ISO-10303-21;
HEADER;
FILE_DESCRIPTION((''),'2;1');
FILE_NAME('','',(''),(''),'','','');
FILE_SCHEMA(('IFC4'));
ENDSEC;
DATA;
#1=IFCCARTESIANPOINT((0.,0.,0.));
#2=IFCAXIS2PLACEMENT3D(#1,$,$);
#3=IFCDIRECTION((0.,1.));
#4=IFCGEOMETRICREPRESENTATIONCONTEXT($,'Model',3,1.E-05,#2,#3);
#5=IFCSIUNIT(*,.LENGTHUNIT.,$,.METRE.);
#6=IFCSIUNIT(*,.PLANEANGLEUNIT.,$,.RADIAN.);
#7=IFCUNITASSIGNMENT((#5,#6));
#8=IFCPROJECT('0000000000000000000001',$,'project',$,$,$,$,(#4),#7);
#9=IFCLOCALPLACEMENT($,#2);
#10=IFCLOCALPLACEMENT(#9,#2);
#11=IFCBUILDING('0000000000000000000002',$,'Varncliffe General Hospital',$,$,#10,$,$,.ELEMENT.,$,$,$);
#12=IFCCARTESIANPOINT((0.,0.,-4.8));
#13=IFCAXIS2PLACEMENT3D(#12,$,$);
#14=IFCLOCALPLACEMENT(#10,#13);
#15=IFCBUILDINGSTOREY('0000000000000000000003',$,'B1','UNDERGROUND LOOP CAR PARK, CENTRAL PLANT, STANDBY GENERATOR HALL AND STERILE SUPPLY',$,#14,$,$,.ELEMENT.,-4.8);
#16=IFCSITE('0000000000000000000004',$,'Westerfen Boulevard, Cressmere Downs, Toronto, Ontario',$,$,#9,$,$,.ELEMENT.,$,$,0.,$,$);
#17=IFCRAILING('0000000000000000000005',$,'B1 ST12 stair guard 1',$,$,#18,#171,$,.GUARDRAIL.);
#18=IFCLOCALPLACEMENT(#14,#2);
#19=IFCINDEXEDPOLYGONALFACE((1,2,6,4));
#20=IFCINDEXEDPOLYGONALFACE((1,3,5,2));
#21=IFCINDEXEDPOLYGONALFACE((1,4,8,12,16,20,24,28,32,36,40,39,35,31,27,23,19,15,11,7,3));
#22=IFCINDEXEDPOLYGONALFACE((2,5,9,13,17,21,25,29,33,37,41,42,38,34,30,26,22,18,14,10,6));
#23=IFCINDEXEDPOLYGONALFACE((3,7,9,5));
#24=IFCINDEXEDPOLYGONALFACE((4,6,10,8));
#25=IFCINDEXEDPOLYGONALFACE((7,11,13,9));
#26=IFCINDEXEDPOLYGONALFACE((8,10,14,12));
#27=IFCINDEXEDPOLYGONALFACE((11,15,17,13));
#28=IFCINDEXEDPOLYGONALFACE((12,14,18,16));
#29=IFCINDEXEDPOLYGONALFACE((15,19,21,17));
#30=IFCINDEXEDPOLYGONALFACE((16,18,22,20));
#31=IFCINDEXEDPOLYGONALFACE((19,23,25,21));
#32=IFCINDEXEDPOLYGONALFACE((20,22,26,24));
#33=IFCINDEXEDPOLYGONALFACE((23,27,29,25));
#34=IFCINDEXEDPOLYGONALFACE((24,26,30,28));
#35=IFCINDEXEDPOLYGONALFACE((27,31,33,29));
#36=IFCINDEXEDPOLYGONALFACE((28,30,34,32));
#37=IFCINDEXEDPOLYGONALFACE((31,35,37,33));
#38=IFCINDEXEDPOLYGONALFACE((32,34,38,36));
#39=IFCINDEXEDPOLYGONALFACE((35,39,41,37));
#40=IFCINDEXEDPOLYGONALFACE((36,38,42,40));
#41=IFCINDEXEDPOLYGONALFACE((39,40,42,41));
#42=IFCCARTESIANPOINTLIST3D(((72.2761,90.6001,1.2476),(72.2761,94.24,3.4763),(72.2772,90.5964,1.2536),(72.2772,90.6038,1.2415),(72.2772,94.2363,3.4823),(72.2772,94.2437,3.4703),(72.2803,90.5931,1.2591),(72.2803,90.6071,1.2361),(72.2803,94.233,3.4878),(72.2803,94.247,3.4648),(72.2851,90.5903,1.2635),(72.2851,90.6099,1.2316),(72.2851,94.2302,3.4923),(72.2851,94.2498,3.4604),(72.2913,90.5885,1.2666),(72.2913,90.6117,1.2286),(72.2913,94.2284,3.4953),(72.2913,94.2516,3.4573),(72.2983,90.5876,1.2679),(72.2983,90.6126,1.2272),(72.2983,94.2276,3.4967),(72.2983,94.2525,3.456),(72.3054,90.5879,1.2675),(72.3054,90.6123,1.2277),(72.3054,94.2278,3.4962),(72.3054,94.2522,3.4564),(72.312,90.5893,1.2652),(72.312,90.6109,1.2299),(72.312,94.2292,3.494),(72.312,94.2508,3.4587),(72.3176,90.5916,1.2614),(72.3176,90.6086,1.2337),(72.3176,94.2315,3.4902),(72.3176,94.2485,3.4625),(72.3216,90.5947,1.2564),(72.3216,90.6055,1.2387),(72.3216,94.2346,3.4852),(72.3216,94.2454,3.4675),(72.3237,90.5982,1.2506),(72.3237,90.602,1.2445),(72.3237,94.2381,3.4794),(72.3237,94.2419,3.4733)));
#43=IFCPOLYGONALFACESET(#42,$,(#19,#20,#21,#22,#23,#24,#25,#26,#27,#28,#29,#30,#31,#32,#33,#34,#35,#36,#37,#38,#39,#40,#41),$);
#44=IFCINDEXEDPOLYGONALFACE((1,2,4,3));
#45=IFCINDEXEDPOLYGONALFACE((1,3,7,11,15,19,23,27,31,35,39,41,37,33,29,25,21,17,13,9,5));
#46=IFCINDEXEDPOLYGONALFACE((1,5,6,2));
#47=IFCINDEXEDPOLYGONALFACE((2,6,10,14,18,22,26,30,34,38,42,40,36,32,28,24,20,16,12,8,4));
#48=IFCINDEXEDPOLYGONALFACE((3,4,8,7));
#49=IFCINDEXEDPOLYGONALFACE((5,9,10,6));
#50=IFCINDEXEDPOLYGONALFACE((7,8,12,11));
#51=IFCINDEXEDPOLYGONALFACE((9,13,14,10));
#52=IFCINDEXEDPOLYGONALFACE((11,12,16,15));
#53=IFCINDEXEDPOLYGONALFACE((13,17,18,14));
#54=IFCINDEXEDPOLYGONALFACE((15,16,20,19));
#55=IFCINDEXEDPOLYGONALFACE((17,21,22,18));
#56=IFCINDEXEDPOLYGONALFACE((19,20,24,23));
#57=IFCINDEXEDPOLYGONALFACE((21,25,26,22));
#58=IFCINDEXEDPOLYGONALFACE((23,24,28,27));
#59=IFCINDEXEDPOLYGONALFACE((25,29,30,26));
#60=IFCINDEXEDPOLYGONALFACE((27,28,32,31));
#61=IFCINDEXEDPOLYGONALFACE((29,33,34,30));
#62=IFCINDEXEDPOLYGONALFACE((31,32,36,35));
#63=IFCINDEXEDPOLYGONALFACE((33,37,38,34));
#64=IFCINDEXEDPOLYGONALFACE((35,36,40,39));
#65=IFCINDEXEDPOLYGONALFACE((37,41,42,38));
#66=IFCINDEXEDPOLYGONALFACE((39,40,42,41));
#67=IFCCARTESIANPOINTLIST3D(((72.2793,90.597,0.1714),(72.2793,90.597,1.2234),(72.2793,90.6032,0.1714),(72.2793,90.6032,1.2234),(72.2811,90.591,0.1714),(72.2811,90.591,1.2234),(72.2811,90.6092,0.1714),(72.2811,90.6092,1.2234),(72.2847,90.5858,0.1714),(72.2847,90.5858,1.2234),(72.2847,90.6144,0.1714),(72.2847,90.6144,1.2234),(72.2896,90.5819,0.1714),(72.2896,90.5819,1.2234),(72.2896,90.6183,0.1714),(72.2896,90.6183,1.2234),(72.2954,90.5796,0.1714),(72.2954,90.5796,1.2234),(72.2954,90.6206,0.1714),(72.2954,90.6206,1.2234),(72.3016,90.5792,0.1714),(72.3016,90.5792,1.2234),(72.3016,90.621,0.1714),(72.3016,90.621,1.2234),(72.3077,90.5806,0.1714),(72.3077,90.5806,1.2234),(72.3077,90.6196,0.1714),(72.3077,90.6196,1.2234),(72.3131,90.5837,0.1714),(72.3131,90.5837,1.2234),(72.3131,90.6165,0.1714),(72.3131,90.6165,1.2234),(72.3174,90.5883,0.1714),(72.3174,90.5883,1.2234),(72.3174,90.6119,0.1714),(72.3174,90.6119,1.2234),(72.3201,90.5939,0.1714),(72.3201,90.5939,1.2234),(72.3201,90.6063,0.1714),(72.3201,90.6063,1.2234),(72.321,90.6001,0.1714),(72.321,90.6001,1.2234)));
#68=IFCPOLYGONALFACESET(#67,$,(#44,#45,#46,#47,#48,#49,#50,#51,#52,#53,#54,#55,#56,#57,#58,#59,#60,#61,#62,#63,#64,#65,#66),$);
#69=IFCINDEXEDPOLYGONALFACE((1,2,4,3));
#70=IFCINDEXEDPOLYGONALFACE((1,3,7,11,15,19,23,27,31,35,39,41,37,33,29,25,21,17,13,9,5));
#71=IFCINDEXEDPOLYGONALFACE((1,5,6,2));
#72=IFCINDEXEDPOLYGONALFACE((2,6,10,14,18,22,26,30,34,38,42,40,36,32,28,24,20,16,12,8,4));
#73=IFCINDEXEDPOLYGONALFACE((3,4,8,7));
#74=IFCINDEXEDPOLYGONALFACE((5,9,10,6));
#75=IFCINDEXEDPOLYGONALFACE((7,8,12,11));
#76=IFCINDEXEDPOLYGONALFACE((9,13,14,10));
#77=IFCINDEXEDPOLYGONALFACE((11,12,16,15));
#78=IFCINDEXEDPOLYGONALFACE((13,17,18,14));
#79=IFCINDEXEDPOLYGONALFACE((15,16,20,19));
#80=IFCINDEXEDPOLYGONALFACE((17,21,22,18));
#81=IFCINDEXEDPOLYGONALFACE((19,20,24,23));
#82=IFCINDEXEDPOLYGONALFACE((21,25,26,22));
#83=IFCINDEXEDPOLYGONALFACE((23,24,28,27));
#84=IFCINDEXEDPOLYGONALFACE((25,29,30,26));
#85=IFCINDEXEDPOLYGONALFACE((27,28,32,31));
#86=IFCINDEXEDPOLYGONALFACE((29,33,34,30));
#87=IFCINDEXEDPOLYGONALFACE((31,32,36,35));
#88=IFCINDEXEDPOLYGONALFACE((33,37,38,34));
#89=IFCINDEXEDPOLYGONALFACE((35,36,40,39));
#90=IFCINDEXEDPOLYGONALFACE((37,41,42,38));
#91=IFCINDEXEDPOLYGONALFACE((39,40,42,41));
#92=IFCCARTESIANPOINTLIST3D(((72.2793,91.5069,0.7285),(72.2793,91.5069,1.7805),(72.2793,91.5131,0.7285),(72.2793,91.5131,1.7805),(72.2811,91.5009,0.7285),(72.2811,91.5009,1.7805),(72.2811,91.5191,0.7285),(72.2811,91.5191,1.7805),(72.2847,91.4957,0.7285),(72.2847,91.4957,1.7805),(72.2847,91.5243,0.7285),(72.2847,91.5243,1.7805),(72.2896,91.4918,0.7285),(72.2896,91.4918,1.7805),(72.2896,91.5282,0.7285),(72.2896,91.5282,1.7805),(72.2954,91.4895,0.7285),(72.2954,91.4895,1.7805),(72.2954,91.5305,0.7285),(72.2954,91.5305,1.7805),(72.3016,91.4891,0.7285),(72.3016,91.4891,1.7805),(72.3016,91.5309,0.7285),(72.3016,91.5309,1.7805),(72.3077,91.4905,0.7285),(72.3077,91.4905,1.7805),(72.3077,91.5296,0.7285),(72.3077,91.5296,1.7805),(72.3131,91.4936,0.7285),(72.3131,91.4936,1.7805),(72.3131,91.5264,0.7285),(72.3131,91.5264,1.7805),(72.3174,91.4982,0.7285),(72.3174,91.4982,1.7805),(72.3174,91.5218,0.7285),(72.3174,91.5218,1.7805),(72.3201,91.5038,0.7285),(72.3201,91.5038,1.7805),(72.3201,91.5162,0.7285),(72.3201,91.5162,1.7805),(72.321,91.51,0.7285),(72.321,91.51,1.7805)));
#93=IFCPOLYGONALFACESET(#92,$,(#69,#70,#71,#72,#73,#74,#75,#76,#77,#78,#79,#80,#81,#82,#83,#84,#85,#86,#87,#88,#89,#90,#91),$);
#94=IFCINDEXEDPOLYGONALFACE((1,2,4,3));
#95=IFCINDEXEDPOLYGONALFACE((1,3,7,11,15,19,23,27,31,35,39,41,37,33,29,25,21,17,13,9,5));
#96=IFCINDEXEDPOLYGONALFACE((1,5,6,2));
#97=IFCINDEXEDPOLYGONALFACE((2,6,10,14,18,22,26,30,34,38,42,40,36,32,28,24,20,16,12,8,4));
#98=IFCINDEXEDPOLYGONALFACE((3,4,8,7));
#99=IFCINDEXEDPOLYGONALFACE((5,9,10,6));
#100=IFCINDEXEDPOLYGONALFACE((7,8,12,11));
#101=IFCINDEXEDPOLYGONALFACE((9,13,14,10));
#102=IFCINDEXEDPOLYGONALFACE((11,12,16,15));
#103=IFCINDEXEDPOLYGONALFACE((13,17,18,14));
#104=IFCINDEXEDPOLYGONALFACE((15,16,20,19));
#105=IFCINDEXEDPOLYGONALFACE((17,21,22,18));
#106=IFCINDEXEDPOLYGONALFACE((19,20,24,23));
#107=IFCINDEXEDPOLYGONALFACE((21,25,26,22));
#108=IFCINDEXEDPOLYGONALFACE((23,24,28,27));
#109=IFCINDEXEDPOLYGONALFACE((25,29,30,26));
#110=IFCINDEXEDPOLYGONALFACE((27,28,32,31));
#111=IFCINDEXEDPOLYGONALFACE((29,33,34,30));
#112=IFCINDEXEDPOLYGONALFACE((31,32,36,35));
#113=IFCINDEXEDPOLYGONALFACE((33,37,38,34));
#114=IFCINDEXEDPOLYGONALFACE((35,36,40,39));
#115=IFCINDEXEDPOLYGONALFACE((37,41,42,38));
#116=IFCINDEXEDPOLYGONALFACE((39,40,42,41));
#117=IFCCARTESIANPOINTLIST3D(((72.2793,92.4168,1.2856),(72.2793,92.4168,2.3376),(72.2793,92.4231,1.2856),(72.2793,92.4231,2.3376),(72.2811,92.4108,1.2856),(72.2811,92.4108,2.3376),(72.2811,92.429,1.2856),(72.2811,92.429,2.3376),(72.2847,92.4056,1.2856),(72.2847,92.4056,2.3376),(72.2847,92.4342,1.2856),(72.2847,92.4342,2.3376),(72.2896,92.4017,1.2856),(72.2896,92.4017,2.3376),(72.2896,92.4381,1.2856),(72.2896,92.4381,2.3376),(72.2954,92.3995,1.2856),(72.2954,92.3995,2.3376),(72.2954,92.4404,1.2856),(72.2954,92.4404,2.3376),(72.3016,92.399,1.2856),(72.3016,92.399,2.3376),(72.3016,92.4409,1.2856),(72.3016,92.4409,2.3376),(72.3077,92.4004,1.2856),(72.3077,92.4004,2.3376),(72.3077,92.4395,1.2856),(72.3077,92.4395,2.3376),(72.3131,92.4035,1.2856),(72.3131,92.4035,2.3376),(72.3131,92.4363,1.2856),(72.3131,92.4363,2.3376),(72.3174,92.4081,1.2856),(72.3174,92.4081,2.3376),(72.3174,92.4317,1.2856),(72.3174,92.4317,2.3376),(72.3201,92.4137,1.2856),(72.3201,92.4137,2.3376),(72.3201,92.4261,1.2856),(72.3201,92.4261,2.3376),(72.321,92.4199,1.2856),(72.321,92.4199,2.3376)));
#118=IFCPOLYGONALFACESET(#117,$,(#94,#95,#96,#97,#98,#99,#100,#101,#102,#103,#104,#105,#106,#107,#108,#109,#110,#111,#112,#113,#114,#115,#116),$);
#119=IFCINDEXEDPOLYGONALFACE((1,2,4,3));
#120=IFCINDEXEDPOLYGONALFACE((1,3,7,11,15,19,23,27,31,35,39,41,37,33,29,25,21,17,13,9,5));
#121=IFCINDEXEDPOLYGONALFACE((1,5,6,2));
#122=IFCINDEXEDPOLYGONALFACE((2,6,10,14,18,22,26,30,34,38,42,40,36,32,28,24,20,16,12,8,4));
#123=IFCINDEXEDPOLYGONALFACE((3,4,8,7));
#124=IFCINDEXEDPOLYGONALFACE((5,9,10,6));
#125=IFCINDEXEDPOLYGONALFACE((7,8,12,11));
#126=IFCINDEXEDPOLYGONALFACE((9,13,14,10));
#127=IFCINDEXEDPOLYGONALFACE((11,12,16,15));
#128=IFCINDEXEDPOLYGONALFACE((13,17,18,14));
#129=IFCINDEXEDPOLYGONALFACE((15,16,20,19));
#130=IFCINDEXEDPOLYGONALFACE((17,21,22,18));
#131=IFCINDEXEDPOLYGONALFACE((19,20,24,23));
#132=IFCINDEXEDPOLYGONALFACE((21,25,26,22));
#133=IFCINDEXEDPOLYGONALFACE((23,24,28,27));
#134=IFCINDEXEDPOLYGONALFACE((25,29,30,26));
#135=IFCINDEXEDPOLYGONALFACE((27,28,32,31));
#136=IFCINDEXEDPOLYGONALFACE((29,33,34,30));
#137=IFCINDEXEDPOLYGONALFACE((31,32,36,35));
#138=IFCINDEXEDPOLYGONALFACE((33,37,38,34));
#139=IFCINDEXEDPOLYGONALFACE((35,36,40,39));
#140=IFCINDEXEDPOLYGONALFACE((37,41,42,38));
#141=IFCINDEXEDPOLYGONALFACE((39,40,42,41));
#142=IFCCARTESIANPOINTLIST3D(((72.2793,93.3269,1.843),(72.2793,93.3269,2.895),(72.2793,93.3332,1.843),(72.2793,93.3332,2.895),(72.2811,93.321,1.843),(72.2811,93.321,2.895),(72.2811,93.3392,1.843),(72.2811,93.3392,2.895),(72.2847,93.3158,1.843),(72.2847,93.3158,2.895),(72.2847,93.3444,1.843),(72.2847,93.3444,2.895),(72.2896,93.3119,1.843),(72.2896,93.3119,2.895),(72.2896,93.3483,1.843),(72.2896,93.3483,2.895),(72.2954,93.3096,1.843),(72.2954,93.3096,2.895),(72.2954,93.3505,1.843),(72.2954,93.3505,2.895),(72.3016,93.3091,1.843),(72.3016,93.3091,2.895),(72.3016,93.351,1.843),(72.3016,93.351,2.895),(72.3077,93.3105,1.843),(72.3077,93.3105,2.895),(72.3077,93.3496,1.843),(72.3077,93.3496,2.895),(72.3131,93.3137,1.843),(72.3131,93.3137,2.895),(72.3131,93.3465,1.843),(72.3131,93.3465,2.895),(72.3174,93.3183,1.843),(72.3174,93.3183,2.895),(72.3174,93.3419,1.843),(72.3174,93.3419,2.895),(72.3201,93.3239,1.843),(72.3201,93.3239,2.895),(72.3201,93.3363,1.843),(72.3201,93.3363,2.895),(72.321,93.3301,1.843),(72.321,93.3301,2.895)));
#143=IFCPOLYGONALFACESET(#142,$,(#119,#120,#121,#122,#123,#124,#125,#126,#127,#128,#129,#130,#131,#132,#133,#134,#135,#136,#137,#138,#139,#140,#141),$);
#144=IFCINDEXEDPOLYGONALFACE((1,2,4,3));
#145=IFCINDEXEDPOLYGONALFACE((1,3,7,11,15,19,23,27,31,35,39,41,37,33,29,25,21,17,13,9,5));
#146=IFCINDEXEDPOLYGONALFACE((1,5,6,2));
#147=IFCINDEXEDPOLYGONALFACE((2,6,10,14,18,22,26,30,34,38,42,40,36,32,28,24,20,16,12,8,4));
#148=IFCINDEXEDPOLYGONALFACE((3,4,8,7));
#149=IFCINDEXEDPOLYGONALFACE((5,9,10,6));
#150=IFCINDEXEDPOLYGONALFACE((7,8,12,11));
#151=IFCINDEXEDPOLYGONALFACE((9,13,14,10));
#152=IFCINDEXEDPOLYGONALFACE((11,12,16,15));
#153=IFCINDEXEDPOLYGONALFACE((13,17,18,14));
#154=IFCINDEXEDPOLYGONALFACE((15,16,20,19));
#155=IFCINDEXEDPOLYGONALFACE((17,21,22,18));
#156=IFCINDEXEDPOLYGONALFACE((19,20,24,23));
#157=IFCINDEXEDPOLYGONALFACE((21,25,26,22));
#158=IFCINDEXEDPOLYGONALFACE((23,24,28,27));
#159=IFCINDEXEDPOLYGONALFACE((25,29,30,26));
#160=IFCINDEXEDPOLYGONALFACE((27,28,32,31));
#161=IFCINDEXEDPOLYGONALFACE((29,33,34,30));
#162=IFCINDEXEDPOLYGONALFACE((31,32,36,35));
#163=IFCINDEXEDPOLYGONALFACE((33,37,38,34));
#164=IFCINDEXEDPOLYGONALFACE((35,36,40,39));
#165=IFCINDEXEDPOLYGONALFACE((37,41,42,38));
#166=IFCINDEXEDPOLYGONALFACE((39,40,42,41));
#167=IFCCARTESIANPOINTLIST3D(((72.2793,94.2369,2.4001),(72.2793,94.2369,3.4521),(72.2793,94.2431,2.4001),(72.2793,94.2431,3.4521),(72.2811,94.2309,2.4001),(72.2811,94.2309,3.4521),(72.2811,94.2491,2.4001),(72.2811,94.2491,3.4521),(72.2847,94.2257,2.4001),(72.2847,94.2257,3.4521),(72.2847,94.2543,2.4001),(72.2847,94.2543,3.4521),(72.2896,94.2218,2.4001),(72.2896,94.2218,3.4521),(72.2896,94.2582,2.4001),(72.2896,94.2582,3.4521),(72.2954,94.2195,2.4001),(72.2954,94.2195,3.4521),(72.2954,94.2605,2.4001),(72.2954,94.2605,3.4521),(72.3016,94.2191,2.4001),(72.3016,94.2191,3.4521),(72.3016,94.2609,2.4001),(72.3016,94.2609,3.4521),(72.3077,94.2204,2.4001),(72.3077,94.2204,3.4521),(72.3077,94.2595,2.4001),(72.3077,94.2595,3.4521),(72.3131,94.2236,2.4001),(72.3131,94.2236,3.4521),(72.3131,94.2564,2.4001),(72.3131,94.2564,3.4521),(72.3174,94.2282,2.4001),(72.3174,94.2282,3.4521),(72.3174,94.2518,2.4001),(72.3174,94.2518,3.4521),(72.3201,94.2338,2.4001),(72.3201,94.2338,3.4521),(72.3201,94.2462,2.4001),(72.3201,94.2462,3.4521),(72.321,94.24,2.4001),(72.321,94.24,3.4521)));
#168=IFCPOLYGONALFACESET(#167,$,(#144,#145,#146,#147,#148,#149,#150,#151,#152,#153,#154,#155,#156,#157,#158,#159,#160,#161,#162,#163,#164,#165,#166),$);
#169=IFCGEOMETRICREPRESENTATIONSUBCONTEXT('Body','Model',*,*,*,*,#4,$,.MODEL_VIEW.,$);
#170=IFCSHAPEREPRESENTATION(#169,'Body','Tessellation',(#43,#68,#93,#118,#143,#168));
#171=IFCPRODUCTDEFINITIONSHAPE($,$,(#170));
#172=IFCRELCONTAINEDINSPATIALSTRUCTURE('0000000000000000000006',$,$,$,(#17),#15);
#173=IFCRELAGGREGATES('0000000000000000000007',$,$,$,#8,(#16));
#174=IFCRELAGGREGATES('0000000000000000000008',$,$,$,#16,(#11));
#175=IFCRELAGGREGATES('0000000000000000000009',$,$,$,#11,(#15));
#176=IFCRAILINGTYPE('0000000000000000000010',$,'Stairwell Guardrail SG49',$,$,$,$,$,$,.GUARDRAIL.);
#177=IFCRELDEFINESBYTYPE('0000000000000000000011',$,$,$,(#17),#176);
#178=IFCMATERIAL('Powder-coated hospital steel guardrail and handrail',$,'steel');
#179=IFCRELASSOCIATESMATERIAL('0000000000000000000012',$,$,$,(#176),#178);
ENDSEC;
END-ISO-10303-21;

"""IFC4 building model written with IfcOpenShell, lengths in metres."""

from ifc_helpers import new_model, si_unit, direction, frame, origin, origin_2d, place, context, subcontext, project, spatial, circle, extrude, material, type_object, element, save


model = new_model("IFC4")

# Units and contexts
model_context = context("Model", 3, precision=1e-05, world=origin(), true_north=direction((0.0, 1.0)))
body_context = subcontext(model_context, "Body", "Model", "MODEL_VIEW")
ifc_project = project(units=[si_unit("LENGTHUNIT", "METRE"), si_unit("PLANEANGLEUNIT", "RADIAN")], contexts=[model_context])

# Site, building, storey
site_placement = place(None, origin())
site = spatial("IfcSite", under=ifc_project, at=site_placement, Name="Westerfen Boulevard, Cressmere Downs, Toronto, Ontario", CompositionType="ELEMENT", RefElevation=0.0)
building_placement = place(site_placement, origin())
building = spatial("IfcBuilding", under=site, at=building_placement, Name="Varncliffe General Hospital", CompositionType="ELEMENT")
storey_placement = place(building_placement, frame((0.0, 0.0, -4.8)))
storey = spatial("IfcBuildingStorey", under=building, at=storey_placement, Name="B1", Description="UNDERGROUND LOOP CAR PARK, CENTRAL PLANT, STANDBY GENERATOR HALL AND STERILE SUPPLY", CompositionType="ELEMENT", Elevation=-4.8)

# Railing
ifc_material_1 = material(Name="Powder-coated hospital steel guardrail and handrail", Category="steel")
railing_type_1 = type_object("IfcRailingType", Name="Stairwell Guardrail SG49", PredefinedType="GUARDRAIL", material=ifc_material_1)
railing_1_placement = place(storey_placement, frame((72.3, 90.6001, 0.1714)))
element("IfcRailing", 1, at=railing_1_placement, inside=storey, type_object=railing_type_1, Name="B1 ST12 stair guard 1", PredefinedType="GUARDRAIL", context=body_context, shape_type="SweptSolid", body=[
    extrude(circle(Radius=0.0239, at=origin_2d()), frame((0.0, 0.0, 1.0762), z_axis=(0.0, 0.852825, 0.522197), x_axis=(-1.0, 0.0, 0.0)), (0.0, 0.0, 1.0), 4.2681),
    extrude(circle(Radius=0.021, at=origin_2d()), origin(), (0.0, 0.0, 1.0), 1.052),
    extrude(circle(Radius=0.021, at=origin_2d()), frame((0.0, 0.9099, 0.5571)), (0.0, 0.0, 1.0), 1.052),
    extrude(circle(Radius=0.021, at=origin_2d()), frame((0.0, 1.8198, 1.1143)), (0.0, 0.0, 1.0), 1.052),
    extrude(circle(Radius=0.021, at=origin_2d()), frame((0.0, 2.73, 1.6716)), (0.0, 0.0, 1.0), 1.052),
    extrude(circle(Radius=0.021, at=origin_2d()), frame((0.0, 3.6399, 2.2288)), (0.0, 0.0, 1.0), 1.052),
])

save(model, "model.ifc")
